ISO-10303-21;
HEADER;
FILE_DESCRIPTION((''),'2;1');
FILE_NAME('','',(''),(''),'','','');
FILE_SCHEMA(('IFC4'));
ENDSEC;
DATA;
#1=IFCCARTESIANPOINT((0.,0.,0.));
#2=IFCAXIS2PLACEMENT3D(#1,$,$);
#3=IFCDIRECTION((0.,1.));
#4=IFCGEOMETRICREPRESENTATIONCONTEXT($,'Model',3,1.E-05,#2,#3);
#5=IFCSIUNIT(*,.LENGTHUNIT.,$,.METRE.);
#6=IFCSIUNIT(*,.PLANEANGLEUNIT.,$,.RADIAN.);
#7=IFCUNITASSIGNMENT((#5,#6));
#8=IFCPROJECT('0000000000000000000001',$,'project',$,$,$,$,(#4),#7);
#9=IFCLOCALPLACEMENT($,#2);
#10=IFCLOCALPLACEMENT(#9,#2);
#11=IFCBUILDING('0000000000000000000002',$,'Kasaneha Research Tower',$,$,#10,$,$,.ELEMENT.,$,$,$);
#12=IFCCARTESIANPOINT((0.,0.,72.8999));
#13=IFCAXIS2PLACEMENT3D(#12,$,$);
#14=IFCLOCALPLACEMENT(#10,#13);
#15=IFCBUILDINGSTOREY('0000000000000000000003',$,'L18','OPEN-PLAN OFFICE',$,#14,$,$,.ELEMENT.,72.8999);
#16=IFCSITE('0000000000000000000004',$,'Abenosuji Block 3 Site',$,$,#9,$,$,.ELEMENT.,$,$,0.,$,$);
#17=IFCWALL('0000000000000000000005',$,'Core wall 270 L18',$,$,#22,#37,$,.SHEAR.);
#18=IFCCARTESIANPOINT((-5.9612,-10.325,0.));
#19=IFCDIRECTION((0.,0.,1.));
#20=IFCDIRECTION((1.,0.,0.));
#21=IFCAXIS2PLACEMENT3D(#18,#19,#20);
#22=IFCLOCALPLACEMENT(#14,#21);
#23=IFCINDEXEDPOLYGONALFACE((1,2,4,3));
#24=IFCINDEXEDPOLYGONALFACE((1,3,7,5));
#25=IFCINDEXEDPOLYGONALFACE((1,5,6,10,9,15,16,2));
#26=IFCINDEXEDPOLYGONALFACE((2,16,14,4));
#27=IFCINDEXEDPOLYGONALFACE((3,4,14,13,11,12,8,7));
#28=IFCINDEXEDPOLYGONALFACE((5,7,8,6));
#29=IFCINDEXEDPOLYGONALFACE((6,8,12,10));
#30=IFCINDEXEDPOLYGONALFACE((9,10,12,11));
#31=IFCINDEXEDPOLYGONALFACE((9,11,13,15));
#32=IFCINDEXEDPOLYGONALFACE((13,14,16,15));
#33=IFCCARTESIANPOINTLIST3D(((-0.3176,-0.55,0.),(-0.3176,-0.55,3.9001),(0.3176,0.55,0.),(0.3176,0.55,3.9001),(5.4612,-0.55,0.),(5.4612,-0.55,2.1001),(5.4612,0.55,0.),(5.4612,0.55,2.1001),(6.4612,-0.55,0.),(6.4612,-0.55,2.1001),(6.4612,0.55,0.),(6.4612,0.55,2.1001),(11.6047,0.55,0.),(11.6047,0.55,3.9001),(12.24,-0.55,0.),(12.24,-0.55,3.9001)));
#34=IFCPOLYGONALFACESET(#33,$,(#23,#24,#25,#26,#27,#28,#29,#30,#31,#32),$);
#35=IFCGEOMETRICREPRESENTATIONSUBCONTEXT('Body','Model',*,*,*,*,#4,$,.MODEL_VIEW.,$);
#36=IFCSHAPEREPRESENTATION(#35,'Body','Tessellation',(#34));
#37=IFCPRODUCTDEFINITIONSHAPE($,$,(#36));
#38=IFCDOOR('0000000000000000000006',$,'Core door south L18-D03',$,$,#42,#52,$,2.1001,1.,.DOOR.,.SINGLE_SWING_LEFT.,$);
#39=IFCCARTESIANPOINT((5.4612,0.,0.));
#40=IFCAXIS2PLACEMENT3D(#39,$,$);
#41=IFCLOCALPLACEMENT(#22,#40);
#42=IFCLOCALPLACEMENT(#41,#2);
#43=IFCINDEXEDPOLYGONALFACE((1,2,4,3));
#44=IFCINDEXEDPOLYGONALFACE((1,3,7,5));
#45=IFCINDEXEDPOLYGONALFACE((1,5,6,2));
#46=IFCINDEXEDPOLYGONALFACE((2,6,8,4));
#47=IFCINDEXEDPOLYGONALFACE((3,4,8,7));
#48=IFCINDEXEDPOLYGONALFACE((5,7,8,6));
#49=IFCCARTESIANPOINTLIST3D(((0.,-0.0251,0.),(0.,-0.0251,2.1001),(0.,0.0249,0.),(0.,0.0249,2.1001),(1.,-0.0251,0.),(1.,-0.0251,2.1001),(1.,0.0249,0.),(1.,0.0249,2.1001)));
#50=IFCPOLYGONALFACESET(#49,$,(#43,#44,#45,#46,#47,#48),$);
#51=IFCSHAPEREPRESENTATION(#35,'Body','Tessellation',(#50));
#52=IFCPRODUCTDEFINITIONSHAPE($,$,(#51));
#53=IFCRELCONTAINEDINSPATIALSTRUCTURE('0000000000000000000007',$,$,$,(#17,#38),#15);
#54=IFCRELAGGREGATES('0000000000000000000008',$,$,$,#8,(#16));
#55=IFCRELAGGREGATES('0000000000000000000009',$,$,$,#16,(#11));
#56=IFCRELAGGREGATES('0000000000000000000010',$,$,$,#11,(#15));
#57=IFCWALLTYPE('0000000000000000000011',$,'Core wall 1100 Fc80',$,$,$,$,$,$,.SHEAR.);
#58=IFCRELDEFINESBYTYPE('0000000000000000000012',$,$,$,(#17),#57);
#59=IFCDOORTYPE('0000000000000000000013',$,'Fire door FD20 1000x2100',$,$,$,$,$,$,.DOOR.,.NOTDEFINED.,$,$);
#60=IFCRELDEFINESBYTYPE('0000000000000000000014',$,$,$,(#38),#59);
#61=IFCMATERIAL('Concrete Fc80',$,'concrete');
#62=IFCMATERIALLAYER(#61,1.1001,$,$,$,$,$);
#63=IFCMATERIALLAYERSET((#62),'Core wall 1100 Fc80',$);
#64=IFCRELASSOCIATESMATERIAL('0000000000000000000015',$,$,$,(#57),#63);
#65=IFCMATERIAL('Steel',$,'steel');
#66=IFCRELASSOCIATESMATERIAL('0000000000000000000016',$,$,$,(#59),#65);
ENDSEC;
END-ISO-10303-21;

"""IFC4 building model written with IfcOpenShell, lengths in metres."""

from ifc_helpers import new_model, si_unit, direction, frame, frame_2d, origin, place, context, subcontext, project, spatial, polyline, rectangle, outline, extrude, material, layer, layer_set, type_object, element, fill, save


model = new_model("IFC4")

# Units and contexts
model_context = context("Model", 3, precision=1e-05, world=origin(), true_north=direction((0.0, 1.0)))
body_context = subcontext(model_context, "Body", "Model", "MODEL_VIEW")
ifc_project = project(units=[si_unit("LENGTHUNIT", "METRE"), si_unit("PLANEANGLEUNIT", "RADIAN")], contexts=[model_context])

# Site, building, storey
site_placement = place(None, origin())
site = spatial("IfcSite", under=ifc_project, at=site_placement, Name="Abenosuji Block 3 Site", CompositionType="ELEMENT", RefElevation=0.0)
building_placement = place(site_placement, origin())
building = spatial("IfcBuilding", under=site, at=building_placement, Name="Kasaneha Research Tower", CompositionType="ELEMENT")
storey_placement = place(building_placement, frame((0.0, 0.0, 72.8999)))
storey = spatial("IfcBuildingStorey", under=building, at=storey_placement, Name="L18", Description="OPEN-PLAN OFFICE", CompositionType="ELEMENT", Elevation=72.8999)

# Wall, opening, door
ifc_material_1 = material(Name="Concrete Fc80", Category="concrete")
ifc_layer_1 = layer(ifc_material_1, 1.1001)
ifc_layer_set_1 = layer_set([ifc_layer_1], Name="Core wall 1100 Fc80")
wall_type_1 = type_object("IfcWallType", Name="Core wall 1100 Fc80", PredefinedType="SHEAR", material=ifc_layer_set_1)
wall_1_placement = place(storey_placement, frame((-5.9612, -10.325, 0.0), z_axis=(0.0, 0.0, 1.0), x_axis=(1.0, 0.0, 0.0)))
wall_1 = element("IfcWall", 1, at=wall_1_placement, inside=storey, type_object=wall_type_1, Name="Core wall 270 L18", PredefinedType="SHEAR", context=body_context, shape_type="SweptSolid", body=[
    extrude(outline(polyline([(-0.3176, -0.55), (5.4612, -0.55), (6.4612, -0.55), (12.24, -0.55), (11.6047, 0.55), (6.4612, 0.55), (5.4612, 0.55), (0.3176, 0.55), (-0.3176, -0.55)])), origin(), (0.0, 0.0, 1.0), 3.9001),
])
opening_1_placement = place(wall_1_placement, frame((5.4612, 0.0, 0.0)))
opening_1 = element("IfcOpeningElement", 2, at=opening_1_placement, cuts=wall_1, PredefinedType="OPENING", context=body_context, shape_type="SweptSolid", body=[
    extrude(rectangle(XDim=1.0, YDim=2.1001, at=frame_2d((0.5, 1.05))), frame((0.0, 0.5601, 0.0), z_axis=(0.0, -1.0, 0.0), x_axis=(1.0, 0.0, 0.0)), (0.0, 0.0, 1.0), 1.1201),
])
ifc_material_2 = material(Name="Steel", Category="steel")
door_type_1 = type_object("IfcDoorType", Name="Fire door FD20 1000x2100", OperationType="NOTDEFINED", PredefinedType="DOOR", material=ifc_material_2)
door_1_placement = place(opening_1_placement, origin())
door_1 = element("IfcDoor", 3, at=door_1_placement, inside=storey, type_object=door_type_1, Name="Core door south L18-D03", OperationType="SINGLE_SWING_LEFT", OverallHeight=2.1001, OverallWidth=1.0, PredefinedType="DOOR", context=body_context, shape_type="SweptSolid", body=[
    extrude(rectangle(XDim=1.0, YDim=2.1001, at=frame_2d((0.5, 1.05))), frame((0.0, 0.0249, 0.0), z_axis=(0.0, -1.0, 0.0), x_axis=(1.0, 0.0, 0.0)), (0.0, 0.0, 1.0), 0.05),
])
fill(opening_1, door_1)

save(model, "model.ifc")
